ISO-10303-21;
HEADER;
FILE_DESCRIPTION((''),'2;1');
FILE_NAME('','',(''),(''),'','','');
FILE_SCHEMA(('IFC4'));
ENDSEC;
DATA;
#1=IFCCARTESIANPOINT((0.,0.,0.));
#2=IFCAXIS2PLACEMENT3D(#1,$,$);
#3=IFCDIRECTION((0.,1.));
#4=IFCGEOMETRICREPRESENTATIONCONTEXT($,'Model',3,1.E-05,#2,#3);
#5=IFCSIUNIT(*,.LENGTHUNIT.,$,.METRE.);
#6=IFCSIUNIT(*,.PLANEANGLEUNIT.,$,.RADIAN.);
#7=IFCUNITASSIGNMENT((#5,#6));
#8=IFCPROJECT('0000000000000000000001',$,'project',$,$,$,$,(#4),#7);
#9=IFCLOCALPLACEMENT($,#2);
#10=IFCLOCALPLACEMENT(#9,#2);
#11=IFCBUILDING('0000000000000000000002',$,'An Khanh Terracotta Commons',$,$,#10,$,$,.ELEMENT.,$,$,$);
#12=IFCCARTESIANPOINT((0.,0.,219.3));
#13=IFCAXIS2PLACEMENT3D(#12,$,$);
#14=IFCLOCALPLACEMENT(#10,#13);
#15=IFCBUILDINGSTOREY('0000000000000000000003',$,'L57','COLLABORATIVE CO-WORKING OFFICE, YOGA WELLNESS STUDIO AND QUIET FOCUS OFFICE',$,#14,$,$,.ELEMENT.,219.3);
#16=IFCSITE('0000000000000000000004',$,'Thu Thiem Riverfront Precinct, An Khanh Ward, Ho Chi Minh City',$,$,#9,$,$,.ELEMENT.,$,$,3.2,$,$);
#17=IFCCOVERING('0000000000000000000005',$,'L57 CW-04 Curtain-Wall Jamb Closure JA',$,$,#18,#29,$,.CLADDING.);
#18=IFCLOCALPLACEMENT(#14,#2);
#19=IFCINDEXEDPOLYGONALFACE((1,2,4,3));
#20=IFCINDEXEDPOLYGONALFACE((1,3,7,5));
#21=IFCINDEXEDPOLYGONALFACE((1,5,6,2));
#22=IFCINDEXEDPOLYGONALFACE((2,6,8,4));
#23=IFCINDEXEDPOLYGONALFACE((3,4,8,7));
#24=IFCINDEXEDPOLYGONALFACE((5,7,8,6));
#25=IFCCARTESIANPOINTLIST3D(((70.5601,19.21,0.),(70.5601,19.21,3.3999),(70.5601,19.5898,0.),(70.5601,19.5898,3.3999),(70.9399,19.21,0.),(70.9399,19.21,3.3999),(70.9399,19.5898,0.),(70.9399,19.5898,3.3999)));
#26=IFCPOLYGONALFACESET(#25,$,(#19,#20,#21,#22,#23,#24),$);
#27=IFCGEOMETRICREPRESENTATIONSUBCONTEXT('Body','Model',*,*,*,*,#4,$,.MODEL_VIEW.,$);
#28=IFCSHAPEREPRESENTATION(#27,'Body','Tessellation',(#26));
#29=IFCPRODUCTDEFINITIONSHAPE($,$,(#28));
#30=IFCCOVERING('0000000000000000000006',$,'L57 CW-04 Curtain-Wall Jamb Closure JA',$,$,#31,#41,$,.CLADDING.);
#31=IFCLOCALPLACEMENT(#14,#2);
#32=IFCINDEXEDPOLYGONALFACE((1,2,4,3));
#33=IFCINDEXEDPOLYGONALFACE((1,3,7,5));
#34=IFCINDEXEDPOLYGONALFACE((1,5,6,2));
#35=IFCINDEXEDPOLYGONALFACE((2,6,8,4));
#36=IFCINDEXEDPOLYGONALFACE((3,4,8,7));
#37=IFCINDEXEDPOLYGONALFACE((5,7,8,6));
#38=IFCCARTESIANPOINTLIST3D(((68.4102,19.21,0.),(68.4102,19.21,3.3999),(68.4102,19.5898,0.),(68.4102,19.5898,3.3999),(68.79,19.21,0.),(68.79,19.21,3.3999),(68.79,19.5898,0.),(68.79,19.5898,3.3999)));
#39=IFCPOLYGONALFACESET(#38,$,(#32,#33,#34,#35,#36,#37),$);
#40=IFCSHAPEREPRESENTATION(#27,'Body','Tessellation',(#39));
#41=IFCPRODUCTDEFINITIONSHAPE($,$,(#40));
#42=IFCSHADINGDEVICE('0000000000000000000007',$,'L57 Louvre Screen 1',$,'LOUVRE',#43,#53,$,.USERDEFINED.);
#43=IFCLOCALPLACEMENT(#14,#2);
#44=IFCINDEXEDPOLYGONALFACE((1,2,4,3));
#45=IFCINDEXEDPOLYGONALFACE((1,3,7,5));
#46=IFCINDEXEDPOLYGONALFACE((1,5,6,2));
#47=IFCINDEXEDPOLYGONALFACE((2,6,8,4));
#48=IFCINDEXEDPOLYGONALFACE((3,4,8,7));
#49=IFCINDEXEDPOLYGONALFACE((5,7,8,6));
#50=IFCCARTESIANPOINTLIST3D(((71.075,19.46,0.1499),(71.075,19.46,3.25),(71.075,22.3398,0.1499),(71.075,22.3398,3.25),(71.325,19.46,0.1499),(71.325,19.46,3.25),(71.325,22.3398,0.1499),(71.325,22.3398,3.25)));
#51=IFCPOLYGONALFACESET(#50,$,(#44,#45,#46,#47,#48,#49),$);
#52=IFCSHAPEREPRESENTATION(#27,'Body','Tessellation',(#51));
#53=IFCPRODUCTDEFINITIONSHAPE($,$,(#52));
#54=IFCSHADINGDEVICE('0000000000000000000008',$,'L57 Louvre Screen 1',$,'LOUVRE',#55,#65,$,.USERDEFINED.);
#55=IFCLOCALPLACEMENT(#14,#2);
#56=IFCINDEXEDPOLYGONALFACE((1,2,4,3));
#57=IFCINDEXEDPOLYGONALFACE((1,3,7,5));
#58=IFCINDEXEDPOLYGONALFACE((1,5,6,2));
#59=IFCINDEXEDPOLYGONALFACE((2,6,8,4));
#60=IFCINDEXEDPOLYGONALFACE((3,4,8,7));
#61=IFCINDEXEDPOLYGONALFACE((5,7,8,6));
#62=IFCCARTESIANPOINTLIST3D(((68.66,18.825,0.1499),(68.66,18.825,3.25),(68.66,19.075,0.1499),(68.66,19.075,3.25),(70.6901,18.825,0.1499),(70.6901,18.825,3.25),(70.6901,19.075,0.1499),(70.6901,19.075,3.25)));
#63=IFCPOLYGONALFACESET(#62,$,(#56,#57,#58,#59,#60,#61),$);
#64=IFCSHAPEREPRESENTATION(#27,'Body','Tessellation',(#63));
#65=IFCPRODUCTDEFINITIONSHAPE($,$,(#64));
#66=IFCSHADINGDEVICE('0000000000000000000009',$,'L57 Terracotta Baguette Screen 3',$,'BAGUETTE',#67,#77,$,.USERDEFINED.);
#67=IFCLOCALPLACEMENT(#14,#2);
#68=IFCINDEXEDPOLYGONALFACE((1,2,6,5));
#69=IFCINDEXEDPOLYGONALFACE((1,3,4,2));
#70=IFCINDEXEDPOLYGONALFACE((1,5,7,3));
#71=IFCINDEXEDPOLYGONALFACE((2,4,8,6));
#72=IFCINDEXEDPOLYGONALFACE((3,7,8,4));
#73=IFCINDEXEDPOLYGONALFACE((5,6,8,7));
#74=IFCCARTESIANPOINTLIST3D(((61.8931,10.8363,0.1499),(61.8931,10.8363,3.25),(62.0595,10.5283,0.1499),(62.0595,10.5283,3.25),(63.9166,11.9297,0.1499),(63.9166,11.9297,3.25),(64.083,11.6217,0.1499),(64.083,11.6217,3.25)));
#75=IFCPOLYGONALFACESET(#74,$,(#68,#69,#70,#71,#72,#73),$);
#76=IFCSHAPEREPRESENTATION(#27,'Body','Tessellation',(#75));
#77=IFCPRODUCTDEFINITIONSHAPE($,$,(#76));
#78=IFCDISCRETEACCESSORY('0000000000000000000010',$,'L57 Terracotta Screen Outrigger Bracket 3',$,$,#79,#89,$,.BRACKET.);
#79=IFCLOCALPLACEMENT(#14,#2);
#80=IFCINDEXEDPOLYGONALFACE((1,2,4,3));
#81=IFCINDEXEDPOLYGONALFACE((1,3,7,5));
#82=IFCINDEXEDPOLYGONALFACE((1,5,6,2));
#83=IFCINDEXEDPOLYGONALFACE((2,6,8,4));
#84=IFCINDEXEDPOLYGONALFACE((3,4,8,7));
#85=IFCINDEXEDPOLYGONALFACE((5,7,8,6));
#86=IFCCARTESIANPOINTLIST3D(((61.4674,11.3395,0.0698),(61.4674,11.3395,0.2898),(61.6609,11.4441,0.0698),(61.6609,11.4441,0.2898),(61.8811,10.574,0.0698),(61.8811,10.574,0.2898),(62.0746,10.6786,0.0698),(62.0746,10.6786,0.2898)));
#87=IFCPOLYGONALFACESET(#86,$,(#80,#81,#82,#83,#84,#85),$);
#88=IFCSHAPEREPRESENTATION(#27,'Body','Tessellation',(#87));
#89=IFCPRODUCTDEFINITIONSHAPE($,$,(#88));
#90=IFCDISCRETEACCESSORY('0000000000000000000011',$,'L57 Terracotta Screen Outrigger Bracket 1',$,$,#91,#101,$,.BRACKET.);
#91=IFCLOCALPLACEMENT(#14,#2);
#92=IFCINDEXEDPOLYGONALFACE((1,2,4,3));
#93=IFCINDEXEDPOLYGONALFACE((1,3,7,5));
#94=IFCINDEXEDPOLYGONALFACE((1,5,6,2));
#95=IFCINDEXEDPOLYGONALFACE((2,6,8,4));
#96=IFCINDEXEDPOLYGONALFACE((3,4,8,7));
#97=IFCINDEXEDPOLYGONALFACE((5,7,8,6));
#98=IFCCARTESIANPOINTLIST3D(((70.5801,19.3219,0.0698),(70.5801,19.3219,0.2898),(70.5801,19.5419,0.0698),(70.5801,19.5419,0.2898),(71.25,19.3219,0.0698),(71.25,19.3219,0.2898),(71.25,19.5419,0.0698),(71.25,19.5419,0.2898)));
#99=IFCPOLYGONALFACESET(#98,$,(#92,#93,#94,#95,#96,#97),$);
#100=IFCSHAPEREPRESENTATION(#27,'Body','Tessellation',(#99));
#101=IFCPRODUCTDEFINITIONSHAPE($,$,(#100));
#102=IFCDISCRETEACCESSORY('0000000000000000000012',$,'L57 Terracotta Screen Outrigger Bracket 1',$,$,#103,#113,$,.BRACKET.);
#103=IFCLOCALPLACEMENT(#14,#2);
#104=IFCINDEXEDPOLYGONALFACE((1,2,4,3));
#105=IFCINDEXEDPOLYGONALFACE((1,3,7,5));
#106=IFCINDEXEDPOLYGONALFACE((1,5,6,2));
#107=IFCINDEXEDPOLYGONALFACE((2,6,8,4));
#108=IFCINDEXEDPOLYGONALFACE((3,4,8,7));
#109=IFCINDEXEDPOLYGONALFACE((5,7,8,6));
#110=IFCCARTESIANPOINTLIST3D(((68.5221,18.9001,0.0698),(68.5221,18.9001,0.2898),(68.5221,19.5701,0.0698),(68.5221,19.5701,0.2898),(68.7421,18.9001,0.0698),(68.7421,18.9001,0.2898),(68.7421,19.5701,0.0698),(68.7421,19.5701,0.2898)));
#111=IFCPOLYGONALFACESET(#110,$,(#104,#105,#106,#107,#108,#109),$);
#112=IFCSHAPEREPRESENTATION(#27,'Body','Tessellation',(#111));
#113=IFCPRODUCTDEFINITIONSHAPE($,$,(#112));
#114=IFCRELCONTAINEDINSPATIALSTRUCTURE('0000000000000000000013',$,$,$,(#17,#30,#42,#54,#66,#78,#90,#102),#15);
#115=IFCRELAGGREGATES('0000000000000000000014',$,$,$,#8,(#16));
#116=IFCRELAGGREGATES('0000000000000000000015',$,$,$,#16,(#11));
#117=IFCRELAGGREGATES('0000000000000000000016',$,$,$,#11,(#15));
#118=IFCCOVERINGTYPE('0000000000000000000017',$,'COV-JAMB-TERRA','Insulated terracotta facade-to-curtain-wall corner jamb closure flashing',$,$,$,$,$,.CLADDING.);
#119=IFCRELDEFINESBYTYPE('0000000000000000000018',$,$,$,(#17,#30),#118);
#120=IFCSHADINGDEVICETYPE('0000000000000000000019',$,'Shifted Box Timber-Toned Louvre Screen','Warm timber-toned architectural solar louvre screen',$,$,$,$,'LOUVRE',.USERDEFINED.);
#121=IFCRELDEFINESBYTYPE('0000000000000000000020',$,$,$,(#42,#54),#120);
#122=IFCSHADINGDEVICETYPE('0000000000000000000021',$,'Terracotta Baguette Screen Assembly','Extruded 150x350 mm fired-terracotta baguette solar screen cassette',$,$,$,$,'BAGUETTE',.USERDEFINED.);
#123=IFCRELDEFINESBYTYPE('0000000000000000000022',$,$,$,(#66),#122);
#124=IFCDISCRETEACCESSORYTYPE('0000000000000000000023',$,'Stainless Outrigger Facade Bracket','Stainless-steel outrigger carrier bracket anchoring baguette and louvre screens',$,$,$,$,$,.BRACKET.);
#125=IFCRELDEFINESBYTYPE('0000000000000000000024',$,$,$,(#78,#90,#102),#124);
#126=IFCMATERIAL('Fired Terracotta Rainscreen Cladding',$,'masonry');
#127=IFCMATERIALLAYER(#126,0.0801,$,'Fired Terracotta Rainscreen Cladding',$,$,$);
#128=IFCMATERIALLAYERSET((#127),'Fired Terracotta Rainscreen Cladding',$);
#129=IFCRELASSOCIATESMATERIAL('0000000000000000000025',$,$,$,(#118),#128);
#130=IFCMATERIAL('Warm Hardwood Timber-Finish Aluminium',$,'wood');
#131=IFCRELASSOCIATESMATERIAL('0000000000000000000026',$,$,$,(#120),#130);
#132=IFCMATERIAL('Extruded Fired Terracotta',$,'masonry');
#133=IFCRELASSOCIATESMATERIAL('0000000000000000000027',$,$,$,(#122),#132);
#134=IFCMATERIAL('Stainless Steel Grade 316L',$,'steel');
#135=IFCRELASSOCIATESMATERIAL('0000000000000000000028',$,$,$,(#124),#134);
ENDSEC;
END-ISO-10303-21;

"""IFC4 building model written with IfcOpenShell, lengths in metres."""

from ifc_helpers import new_model, si_unit, direction, frame, origin, origin_2d, place, context, subcontext, project, spatial, rectangle, extrude, material, layer, layer_set, type_object, element, save


model = new_model("IFC4")

# Units and contexts
model_context = context("Model", 3, precision=1e-05, world=origin(), true_north=direction((0.0, 1.0)))
body_context = subcontext(model_context, "Body", "Model", "MODEL_VIEW")
ifc_project = project(units=[si_unit("LENGTHUNIT", "METRE"), si_unit("PLANEANGLEUNIT", "RADIAN")], contexts=[model_context])

# Site, building, storey
site_placement = place(None, origin())
site = spatial("IfcSite", under=ifc_project, at=site_placement, Name="Thu Thiem Riverfront Precinct, An Khanh Ward, Ho Chi Minh City", CompositionType="ELEMENT", RefElevation=3.2)
building_placement = place(site_placement, origin())
building = spatial("IfcBuilding", under=site, at=building_placement, Name="An Khanh Terracotta Commons", CompositionType="ELEMENT")
storey_placement = place(building_placement, frame((0.0, 0.0, 219.3)))
storey = spatial("IfcBuildingStorey", under=building, at=storey_placement, Name="L57", Description="COLLABORATIVE CO-WORKING OFFICE, YOGA WELLNESS STUDIO AND QUIET FOCUS OFFICE", CompositionType="ELEMENT", Elevation=219.3)

# Coverings
ifc_material_1 = material(Name="Fired Terracotta Rainscreen Cladding", Category="masonry")
ifc_layer_1 = layer(ifc_material_1, 0.0801, Name="Fired Terracotta Rainscreen Cladding")
ifc_layer_set_1 = layer_set([ifc_layer_1], Name="Fired Terracotta Rainscreen Cladding")
covering_type = type_object("IfcCoveringType", Name="COV-JAMB-TERRA", Description="Insulated terracotta facade-to-curtain-wall corner jamb closure flashing", PredefinedType="CLADDING", material=ifc_layer_set_1)
for number, where, z_axis, x_axis, name in (
    (1, (70.75, 19.3999, 0.0), (0.0, 0.0, 1.0), (1.0, 0.0, 0.0), "L57 CW-04 Curtain-Wall Jamb Closure JA"),
    (2, (68.6001, 19.3999, 0.0), (0.0, 0.0, 1.0), (1.0, 0.0, 0.0), "L57 CW-04 Curtain-Wall Jamb Closure JA"),
):
    element("IfcCovering", number, at=place(storey_placement, frame(where, z_axis=z_axis, x_axis=x_axis)), inside=storey, type_object=covering_type, Name=name, PredefinedType="CLADDING", context=body_context, shape_type="SweptSolid", body=[
        extrude(rectangle(XDim=0.3799, YDim=0.3799, at=origin_2d()), origin(), (0.0, 0.0, 1.0), 3.3999),
    ])

# Shading devices
ifc_material_2 = material(Name="Warm Hardwood Timber-Finish Aluminium", Category="wood")
shading_device_type_1 = type_object("IfcShadingDeviceType", Name="Shifted Box Timber-Toned Louvre Screen", Description="Warm timber-toned architectural solar louvre screen", ElementType="LOUVRE", PredefinedType="USERDEFINED", material=ifc_material_2)
shading_device_1_placement = place(storey_placement, frame((71.2, 20.8999, 0.1499), z_axis=(0.0, 0.0, 1.0), x_axis=(0.0, 1.0, 0.0)))
element("IfcShadingDevice", 3, at=shading_device_1_placement, inside=storey, type_object=shading_device_type_1, Name="L57 Louvre Screen 1", ObjectType="LOUVRE", PredefinedType="USERDEFINED", context=body_context, shape_type="SweptSolid", body=[
    extrude(rectangle(XDim=2.8799, YDim=0.25, at=origin_2d()), origin(), (0.0, 0.0, 1.0), 3.1001),
])
shading_device_2_placement = place(storey_placement, frame((69.675, 18.95, 0.1499), z_axis=(0.0, 0.0, 1.0), x_axis=(1.0, 0.0, 0.0)))
element("IfcShadingDevice", 4, at=shading_device_2_placement, inside=storey, type_object=shading_device_type_1, Name="L57 Louvre Screen 1", ObjectType="LOUVRE", PredefinedType="USERDEFINED", context=body_context, shape_type="SweptSolid", body=[
    extrude(rectangle(XDim=2.03, YDim=0.25, at=origin_2d()), origin(), (0.0, 0.0, 1.0), 3.1001),
])
ifc_material_3 = material(Name="Extruded Fired Terracotta", Category="masonry")
shading_device_type_2 = type_object("IfcShadingDeviceType", Name="Terracotta Baguette Screen Assembly", Description="Extruded 150x350 mm fired-terracotta baguette solar screen cassette", ElementType="BAGUETTE", PredefinedType="USERDEFINED", material=ifc_material_3)
shading_device_3_placement = place(storey_placement, frame((62.988, 11.229, 0.1499), z_axis=(0.0, 0.0, 1.0), x_axis=(0.87978, 0.475381, 0.0)))
element("IfcShadingDevice", 5, at=shading_device_3_placement, inside=storey, type_object=shading_device_type_2, Name="L57 Terracotta Baguette Screen 3", ObjectType="BAGUETTE", PredefinedType="USERDEFINED", context=body_context, shape_type="SweptSolid", body=[
    extrude(rectangle(XDim=2.3, YDim=0.3501, at=origin_2d()), origin(), (0.0, 0.0, 1.0), 3.1001),
])

# Discrete accessories
ifc_material_4 = material(Name="Stainless Steel Grade 316L", Category="steel")
discrete_accessory_type = type_object("IfcDiscreteAccessoryType", Name="Stainless Outrigger Facade Bracket", Description="Stainless-steel outrigger carrier bracket anchoring baguette and louvre screens", PredefinedType="BRACKET", material=ifc_material_4)
discrete_accessory_placement = place(storey_placement, frame((61.771, 11.009, 0.0698), z_axis=(0.0, 0.0, 1.0), x_axis=(0.87978, 0.475381, 0.0)))
element("IfcDiscreteAccessory", 6, at=discrete_accessory_placement, inside=storey, type_object=discrete_accessory_type, Name="L57 Terracotta Screen Outrigger Bracket 3", PredefinedType="BRACKET", context=body_context, shape_type="SweptSolid", body=[
    extrude(rectangle(XDim=0.22, YDim=0.8701, at=origin_2d()), origin(), (0.0, 0.0, 1.0), 0.22),
])
for number, where, z_axis, x_axis, name in (
    (7, (70.915, 19.4319, 0.0698), (0.0, 0.0, 1.0), (0.0, 1.0, 0.0), "L57 Terracotta Screen Outrigger Bracket 1"),
    (8, (68.6321, 19.2351, 0.0698), (0.0, 0.0, 1.0), (1.0, 0.0, 0.0), "L57 Terracotta Screen Outrigger Bracket 1"),
):
    element("IfcDiscreteAccessory", number, at=place(storey_placement, frame(where, z_axis=z_axis, x_axis=x_axis)), inside=storey, type_object=discrete_accessory_type, Name=name, PredefinedType="BRACKET", context=body_context, shape_type="SweptSolid", body=[
        extrude(rectangle(XDim=0.22, YDim=0.6699, at=origin_2d()), origin(), (0.0, 0.0, 1.0), 0.22),
    ])

save(model, "model.ifc")
